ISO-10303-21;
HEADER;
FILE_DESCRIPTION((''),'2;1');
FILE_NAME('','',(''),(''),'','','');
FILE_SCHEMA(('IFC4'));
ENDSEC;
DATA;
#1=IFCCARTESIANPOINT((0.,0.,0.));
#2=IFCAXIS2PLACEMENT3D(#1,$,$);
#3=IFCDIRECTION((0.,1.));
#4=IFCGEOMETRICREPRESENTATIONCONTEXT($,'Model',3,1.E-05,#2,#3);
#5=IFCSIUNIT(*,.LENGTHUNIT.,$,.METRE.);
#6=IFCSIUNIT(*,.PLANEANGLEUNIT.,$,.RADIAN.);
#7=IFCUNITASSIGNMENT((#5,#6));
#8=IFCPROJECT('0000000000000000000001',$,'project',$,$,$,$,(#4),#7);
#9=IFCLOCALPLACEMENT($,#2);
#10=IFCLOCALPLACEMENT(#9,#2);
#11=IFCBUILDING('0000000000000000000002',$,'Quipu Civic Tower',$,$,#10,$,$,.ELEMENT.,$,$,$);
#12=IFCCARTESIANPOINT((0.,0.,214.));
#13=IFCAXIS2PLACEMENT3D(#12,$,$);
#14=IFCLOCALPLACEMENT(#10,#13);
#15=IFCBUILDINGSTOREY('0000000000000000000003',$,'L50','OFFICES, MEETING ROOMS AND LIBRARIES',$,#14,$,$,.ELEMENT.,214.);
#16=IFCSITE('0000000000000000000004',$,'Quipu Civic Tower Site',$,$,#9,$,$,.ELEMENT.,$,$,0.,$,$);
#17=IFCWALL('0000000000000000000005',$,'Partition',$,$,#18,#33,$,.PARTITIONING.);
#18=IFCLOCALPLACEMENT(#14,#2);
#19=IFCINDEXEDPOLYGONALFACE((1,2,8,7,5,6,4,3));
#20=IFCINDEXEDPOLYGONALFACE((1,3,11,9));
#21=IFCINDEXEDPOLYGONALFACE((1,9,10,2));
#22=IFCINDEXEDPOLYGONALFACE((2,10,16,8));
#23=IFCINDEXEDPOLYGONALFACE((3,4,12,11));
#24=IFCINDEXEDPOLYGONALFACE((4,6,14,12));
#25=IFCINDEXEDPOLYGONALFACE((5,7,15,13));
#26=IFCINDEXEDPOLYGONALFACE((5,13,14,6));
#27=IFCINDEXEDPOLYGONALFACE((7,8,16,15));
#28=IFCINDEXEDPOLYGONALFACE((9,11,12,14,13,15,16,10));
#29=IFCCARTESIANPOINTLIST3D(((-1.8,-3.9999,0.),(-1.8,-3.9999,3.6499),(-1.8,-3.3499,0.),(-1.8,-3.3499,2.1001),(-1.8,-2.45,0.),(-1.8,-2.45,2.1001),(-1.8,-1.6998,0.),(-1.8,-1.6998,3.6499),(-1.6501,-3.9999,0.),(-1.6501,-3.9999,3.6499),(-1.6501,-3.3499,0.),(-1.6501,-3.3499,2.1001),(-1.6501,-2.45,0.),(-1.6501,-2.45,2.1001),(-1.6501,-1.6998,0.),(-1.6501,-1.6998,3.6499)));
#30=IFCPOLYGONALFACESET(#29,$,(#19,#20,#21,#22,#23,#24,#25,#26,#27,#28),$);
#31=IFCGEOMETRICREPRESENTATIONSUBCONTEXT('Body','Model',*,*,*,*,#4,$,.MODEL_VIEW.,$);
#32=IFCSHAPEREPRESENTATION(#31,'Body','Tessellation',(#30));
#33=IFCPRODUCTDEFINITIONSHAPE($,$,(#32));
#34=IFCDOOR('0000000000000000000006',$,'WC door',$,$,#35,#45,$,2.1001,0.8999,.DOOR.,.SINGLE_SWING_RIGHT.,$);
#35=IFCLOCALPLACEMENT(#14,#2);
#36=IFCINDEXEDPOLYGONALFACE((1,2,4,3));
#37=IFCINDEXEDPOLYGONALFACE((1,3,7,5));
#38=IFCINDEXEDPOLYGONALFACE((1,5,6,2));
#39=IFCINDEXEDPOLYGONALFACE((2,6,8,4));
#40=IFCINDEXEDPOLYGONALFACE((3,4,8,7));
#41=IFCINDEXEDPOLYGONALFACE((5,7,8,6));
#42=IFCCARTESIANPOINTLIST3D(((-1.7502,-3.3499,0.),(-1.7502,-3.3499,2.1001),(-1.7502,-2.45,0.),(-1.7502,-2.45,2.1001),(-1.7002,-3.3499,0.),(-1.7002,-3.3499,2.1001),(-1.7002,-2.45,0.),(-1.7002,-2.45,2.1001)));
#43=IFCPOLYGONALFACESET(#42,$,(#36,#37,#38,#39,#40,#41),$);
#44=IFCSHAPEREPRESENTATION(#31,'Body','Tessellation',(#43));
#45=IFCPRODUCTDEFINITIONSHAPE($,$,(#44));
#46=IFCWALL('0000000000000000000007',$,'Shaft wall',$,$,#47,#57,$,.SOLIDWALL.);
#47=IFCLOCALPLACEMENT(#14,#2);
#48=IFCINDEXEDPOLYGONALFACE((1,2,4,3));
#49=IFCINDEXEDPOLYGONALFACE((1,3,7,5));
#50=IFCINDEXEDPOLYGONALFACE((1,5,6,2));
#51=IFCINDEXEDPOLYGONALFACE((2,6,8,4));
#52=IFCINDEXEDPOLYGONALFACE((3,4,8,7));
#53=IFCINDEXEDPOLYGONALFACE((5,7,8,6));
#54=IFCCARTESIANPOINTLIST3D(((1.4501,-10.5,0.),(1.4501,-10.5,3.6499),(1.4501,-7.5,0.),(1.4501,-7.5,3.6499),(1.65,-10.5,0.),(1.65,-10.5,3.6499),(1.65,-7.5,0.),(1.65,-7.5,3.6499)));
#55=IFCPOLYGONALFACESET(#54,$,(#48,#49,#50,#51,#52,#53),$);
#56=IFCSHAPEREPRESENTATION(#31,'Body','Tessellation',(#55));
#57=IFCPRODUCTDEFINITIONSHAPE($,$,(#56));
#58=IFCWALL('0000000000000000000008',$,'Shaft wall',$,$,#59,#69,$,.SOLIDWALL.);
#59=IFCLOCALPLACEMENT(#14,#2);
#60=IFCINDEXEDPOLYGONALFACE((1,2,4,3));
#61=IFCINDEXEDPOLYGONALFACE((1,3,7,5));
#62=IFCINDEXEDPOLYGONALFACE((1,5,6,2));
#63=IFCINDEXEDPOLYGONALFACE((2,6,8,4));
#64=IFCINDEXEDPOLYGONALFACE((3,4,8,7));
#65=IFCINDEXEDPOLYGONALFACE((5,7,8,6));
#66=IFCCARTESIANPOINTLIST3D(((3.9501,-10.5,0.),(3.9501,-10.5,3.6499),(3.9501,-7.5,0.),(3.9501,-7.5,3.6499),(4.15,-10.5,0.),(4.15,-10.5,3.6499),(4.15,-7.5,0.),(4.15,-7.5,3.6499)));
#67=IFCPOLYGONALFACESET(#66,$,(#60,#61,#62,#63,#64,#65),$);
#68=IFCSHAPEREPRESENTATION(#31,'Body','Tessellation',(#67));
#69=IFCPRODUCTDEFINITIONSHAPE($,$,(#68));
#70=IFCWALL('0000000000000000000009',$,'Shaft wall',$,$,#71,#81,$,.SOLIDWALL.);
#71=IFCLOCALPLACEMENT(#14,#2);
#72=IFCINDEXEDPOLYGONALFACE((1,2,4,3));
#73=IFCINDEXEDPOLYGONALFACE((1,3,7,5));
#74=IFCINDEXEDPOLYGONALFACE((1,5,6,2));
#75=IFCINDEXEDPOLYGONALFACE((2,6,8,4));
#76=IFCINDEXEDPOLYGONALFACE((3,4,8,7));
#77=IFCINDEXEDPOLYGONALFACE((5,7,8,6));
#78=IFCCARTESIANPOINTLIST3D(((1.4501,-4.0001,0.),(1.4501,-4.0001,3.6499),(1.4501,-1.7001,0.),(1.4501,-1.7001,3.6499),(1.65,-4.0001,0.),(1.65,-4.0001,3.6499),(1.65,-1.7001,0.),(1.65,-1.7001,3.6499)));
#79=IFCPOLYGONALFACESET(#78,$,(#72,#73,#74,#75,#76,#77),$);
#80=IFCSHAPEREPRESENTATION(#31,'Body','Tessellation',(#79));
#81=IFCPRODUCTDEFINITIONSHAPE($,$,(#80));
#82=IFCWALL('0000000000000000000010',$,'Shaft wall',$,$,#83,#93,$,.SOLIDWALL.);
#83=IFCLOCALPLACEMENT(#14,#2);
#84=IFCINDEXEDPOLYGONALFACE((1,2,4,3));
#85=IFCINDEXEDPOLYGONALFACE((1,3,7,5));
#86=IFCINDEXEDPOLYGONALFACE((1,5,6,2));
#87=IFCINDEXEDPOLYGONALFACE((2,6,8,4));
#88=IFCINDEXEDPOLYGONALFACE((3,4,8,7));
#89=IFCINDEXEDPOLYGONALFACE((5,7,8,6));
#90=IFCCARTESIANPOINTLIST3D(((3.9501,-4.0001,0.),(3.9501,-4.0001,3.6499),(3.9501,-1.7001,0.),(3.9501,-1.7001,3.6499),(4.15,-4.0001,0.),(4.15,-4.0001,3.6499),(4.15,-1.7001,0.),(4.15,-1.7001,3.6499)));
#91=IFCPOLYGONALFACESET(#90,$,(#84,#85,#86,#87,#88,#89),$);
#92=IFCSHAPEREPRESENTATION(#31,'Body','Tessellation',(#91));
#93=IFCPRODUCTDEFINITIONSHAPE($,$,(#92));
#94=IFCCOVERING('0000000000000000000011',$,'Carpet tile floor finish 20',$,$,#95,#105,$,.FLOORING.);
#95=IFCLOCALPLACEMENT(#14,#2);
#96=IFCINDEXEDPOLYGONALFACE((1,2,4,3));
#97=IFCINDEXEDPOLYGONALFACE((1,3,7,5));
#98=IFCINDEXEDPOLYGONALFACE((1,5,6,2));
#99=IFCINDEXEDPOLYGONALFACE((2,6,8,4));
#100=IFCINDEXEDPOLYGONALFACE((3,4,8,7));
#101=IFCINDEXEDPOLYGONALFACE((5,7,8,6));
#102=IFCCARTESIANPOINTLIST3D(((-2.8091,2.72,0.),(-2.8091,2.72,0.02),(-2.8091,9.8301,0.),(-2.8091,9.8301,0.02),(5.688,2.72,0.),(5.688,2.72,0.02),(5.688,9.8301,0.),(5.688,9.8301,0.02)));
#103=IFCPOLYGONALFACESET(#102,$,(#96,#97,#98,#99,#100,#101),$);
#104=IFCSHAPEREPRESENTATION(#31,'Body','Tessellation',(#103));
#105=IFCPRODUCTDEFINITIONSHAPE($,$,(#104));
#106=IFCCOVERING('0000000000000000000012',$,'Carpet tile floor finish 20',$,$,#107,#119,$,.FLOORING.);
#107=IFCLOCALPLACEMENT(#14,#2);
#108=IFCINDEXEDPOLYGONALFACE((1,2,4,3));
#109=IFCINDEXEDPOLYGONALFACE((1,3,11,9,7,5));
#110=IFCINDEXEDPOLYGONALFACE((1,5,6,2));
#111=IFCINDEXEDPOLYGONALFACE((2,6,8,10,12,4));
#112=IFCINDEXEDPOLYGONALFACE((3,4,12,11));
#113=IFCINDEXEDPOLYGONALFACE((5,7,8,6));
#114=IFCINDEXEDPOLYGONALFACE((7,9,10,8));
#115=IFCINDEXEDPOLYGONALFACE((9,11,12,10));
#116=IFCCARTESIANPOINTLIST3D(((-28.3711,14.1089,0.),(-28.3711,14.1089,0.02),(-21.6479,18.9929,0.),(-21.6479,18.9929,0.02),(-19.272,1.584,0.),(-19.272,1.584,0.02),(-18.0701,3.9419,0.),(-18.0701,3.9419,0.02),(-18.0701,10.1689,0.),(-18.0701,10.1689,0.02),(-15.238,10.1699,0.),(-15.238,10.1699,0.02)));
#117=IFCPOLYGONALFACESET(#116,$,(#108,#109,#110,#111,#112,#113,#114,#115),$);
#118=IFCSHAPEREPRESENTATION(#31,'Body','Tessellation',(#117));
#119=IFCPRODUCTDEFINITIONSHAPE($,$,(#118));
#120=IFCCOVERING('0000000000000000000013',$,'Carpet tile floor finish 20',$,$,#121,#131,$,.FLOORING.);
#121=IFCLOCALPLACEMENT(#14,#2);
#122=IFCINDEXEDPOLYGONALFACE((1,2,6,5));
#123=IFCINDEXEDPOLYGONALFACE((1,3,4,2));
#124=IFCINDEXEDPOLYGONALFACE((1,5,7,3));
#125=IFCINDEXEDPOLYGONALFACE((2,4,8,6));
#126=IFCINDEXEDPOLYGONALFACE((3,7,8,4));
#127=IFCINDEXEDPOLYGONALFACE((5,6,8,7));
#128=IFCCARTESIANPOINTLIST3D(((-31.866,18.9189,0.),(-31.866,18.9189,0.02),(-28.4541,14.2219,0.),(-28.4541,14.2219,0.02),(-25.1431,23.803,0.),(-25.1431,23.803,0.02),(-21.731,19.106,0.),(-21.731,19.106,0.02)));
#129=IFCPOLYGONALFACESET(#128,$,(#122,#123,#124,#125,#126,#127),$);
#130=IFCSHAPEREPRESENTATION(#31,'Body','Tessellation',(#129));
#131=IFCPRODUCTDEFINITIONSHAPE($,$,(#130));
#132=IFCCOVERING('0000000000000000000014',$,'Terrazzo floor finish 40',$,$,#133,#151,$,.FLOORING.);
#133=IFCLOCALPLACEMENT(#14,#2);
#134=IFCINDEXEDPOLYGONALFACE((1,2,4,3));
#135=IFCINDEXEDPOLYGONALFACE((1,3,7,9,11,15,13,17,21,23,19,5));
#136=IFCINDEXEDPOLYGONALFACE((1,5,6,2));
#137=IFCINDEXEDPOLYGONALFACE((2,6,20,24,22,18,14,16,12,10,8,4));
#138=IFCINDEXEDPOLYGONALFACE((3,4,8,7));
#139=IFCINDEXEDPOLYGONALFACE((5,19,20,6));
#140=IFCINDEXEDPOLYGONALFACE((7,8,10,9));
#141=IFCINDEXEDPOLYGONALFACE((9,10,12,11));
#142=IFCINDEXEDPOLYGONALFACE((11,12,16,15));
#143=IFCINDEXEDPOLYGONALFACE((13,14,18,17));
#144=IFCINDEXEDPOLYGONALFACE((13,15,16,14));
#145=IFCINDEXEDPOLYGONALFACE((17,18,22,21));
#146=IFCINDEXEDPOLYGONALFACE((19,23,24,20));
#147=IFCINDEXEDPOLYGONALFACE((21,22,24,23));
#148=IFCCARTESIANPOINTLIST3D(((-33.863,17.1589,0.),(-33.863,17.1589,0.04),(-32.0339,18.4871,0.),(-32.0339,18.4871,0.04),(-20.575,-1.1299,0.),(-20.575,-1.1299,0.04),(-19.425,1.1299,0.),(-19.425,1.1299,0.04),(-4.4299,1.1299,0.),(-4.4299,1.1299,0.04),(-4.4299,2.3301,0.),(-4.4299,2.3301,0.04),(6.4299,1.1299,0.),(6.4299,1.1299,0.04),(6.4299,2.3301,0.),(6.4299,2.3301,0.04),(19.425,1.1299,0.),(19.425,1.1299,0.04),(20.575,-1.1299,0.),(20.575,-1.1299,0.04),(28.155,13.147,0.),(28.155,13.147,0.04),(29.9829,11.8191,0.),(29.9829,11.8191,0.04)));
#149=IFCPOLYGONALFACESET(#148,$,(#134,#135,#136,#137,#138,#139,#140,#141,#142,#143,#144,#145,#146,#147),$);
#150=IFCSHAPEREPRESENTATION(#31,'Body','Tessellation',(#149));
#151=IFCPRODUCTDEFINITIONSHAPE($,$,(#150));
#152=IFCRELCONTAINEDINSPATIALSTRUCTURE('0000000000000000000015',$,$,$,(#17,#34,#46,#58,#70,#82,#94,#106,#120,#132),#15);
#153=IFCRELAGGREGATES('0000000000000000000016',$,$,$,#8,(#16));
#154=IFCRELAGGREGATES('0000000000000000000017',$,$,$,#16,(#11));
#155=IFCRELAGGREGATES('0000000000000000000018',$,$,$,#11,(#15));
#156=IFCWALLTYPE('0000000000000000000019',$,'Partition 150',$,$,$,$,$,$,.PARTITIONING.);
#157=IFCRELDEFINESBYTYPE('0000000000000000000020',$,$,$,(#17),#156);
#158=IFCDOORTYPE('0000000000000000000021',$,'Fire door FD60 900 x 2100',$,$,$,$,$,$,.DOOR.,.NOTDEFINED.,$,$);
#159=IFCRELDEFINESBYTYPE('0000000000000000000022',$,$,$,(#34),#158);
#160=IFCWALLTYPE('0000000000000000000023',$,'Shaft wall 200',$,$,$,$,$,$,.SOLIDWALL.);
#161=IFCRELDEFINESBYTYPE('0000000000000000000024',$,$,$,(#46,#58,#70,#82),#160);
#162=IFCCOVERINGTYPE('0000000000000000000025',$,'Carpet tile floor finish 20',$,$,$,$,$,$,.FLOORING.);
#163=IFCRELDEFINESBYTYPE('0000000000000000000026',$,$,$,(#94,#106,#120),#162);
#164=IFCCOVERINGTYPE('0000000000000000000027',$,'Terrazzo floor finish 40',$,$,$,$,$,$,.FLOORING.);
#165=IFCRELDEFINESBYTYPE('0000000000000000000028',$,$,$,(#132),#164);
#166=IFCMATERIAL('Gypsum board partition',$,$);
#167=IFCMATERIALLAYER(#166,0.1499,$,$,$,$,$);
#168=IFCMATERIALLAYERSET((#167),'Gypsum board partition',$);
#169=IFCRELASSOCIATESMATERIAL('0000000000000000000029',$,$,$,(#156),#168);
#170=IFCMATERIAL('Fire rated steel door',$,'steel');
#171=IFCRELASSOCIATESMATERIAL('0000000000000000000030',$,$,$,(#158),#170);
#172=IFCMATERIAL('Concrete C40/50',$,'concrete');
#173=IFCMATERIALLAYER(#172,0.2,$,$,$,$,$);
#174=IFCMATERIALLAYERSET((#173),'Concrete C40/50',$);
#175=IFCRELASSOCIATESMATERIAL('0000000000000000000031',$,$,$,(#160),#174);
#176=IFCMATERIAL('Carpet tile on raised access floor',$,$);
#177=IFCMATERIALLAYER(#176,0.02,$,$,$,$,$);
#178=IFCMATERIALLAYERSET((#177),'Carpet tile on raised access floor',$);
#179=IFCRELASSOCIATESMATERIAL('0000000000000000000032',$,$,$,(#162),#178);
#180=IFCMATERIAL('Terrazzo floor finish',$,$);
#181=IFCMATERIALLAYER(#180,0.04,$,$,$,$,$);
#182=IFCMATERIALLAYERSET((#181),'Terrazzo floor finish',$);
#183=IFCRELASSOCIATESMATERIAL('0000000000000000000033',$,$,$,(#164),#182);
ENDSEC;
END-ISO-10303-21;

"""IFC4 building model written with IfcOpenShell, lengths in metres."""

from ifc_helpers import new_model, si_unit, direction, frame, frame_2d, origin, place, context, subcontext, project, spatial, polyline, rectangle, outline, extrude, material, layer, layer_set, type_object, element, fill, save


model = new_model("IFC4")

# Units and contexts
model_context = context("Model", 3, precision=1e-05, world=origin(), true_north=direction((0.0, 1.0)))
body_context = subcontext(model_context, "Body", "Model", "MODEL_VIEW")
ifc_project = project(units=[si_unit("LENGTHUNIT", "METRE"), si_unit("PLANEANGLEUNIT", "RADIAN")], contexts=[model_context])

# Site, building, storey
site_placement = place(None, origin())
site = spatial("IfcSite", under=ifc_project, at=site_placement, Name="Quipu Civic Tower Site", CompositionType="ELEMENT", RefElevation=0.0)
building_placement = place(site_placement, origin())
building = spatial("IfcBuilding", under=site, at=building_placement, Name="Quipu Civic Tower", CompositionType="ELEMENT")
storey_placement = place(building_placement, frame((0.0, 0.0, 214.0)))
storey = spatial("IfcBuildingStorey", under=building, at=storey_placement, Name="L50", Description="OFFICES, MEETING ROOMS AND LIBRARIES", CompositionType="ELEMENT", Elevation=214.0)

# Shared definitions
ifc_material_1 = material(Name="Gypsum board partition")
ifc_layer_1 = layer(ifc_material_1, 0.1499)
ifc_layer_set_1 = layer_set([ifc_layer_1], Name="Gypsum board partition")
wall_type_1 = type_object("IfcWallType", Name="Partition 150", PredefinedType="PARTITIONING", material=ifc_layer_set_1)

# Wall, opening, door
wall_1_placement = place(storey_placement, frame((-1.7251, -1.7, 0.0), z_axis=(0.0, 0.0, 1.0), x_axis=(0.0, -1.0, 0.0)))
wall_1 = element("IfcWall", 1, at=wall_1_placement, inside=storey, type_object=wall_type_1, Name="Partition", PredefinedType="PARTITIONING", context=body_context, shape_type="SweptSolid", body=[
    extrude(rectangle(XDim=2.3, YDim=0.1499, at=frame_2d((1.1499, 0.0))), origin(), (0.0, 0.0, 1.0), 3.6499),
])
opening_1_placement = place(wall_1_placement, frame((0.75, 0.0, 0.0)))
opening_1 = element("IfcOpeningElement", 2, at=opening_1_placement, cuts=wall_1, PredefinedType="OPENING", context=body_context, shape_type="SweptSolid", body=[
    extrude(rectangle(XDim=0.8999, YDim=2.1001, at=frame_2d((0.45, 1.05))), frame((0.0, 0.085, 0.0), z_axis=(0.0, -1.0, 0.0), x_axis=(1.0, 0.0, 0.0)), (0.0, 0.0, 1.0), 0.1699),
])
ifc_material_2 = material(Name="Fire rated steel door", Category="steel")
door_type_1 = type_object("IfcDoorType", Name="Fire door FD60 900 x 2100", OperationType="NOTDEFINED", PredefinedType="DOOR", material=ifc_material_2)
door_1_placement = place(opening_1_placement, origin())
door_1 = element("IfcDoor", 3, at=door_1_placement, inside=storey, type_object=door_type_1, Name="WC door", OperationType="SINGLE_SWING_RIGHT", OverallHeight=2.1001, OverallWidth=0.8999, PredefinedType="DOOR", context=body_context, shape_type="SweptSolid", body=[
    extrude(rectangle(XDim=0.8999, YDim=2.1001, at=frame_2d((0.45, 1.05))), frame((0.0, 0.0249, 0.0), z_axis=(0.0, -1.0, 0.0), x_axis=(1.0, 0.0, 0.0)), (0.0, 0.0, 1.0), 0.05),
])
fill(opening_1, door_1)

# Walls
ifc_material_3 = material(Name="Concrete C40/50", Category="concrete")
ifc_layer_2 = layer(ifc_material_3, 0.2)
ifc_layer_set_2 = layer_set([ifc_layer_2], Name="Concrete C40/50")
wall_type_2 = type_object("IfcWallType", Name="Shaft wall 200", PredefinedType="SOLIDWALL", material=ifc_layer_set_2)
for number, where, z_axis, x_axis, name in (
    (4, (1.55, -10.5, 0.0), (0.0, 0.0, 1.0), (0.0, 1.0, 0.0), "Shaft wall"),
    (5, (4.05, -10.5, 0.0), (0.0, 0.0, 1.0), (0.0, 1.0, 0.0), "Shaft wall"),
):
    element("IfcWall", number, at=place(storey_placement, frame(where, z_axis=z_axis, x_axis=x_axis)), inside=storey, type_object=wall_type_2, Name=name, PredefinedType="SOLIDWALL", context=body_context, shape_type="SweptSolid", body=[
        extrude(rectangle(XDim=3.0, YDim=0.2, at=frame_2d((1.5, 0.0))), origin(), (0.0, 0.0, 1.0), 3.6499),
    ])
for number, where, z_axis, x_axis, name in (
    (6, (1.55, -4.0, 0.0), (0.0, 0.0, 1.0), (0.0, 1.0, 0.0), "Shaft wall"),
    (7, (4.05, -4.0, 0.0), (0.0, 0.0, 1.0), (0.0, 1.0, 0.0), "Shaft wall"),
):
    element("IfcWall", number, at=place(storey_placement, frame(where, z_axis=z_axis, x_axis=x_axis)), inside=storey, type_object=wall_type_2, Name=name, PredefinedType="SOLIDWALL", context=body_context, shape_type="SweptSolid", body=[
        extrude(rectangle(XDim=2.3, YDim=0.2, at=frame_2d((1.1499, 0.0))), origin(), (0.0, 0.0, 1.0), 3.6499),
    ])

# Coverings
ifc_material_4 = material(Name="Carpet tile on raised access floor")
ifc_layer_3 = layer(ifc_material_4, 0.02)
ifc_layer_set_3 = layer_set([ifc_layer_3], Name="Carpet tile on raised access floor")
covering_type_1 = type_object("IfcCoveringType", Name="Carpet tile floor finish 20", PredefinedType="FLOORING", material=ifc_layer_set_3)
covering_1_placement = place(storey_placement, origin())
element("IfcCovering", 8, at=covering_1_placement, inside=storey, type_object=covering_type_1, Name="Carpet tile floor finish 20", PredefinedType="FLOORING", context=body_context, shape_type="SweptSolid", body=[
    extrude(outline(polyline([(-2.8091, 2.72), (-2.8091, 9.8301), (5.688, 9.8301), (5.688, 2.72), (-2.8091, 2.72)])), origin(), (0.0, 0.0, 1.0), 0.02),
])
covering_2_placement = place(storey_placement, origin())
element("IfcCovering", 9, at=covering_2_placement, inside=storey, type_object=covering_type_1, Name="Carpet tile floor finish 20", PredefinedType="FLOORING", context=body_context, shape_type="SweptSolid", body=[
    extrude(outline(polyline([(-28.3711, 14.1089), (-21.6479, 18.9929), (-15.238, 10.1699), (-18.0701, 10.1689), (-18.0701, 3.9419), (-19.272, 1.584), (-28.3711, 14.1089)])), origin(), (0.0, 0.0, 1.0), 0.02),
])
covering_3_placement = place(storey_placement, origin())
element("IfcCovering", 10, at=covering_3_placement, inside=storey, type_object=covering_type_1, Name="Carpet tile floor finish 20", PredefinedType="FLOORING", context=body_context, shape_type="SweptSolid", body=[
    extrude(outline(polyline([(-31.866, 18.9189), (-25.1431, 23.803), (-21.731, 19.106), (-28.4541, 14.2219), (-31.866, 18.9189)])), origin(), (0.0, 0.0, 1.0), 0.02),
])
ifc_material_5 = material(Name="Terrazzo floor finish")
ifc_layer_4 = layer(ifc_material_5, 0.04)
ifc_layer_set_4 = layer_set([ifc_layer_4], Name="Terrazzo floor finish")
covering_type_2 = type_object("IfcCoveringType", Name="Terrazzo floor finish 40", PredefinedType="FLOORING", material=ifc_layer_set_4)
covering_4_placement = place(storey_placement, origin())
element("IfcCovering", 11, at=covering_4_placement, inside=storey, type_object=covering_type_2, Name="Terrazzo floor finish 40", PredefinedType="FLOORING", context=body_context, shape_type="SweptSolid", body=[
    extrude(outline(polyline([(19.425, 1.1299), (28.155, 13.147), (29.9829, 11.8191), (20.575, -1.1299), (-20.575, -1.1299), (-33.863, 17.1589), (-32.0339, 18.4871), (-19.425, 1.1299), (-4.4299, 1.1299), (-4.4299, 2.3301), (6.4299, 2.3301), (6.4299, 1.1299), (19.425, 1.1299)])), origin(), (0.0, 0.0, 1.0), 0.04),
])

save(model, "model.ifc")
